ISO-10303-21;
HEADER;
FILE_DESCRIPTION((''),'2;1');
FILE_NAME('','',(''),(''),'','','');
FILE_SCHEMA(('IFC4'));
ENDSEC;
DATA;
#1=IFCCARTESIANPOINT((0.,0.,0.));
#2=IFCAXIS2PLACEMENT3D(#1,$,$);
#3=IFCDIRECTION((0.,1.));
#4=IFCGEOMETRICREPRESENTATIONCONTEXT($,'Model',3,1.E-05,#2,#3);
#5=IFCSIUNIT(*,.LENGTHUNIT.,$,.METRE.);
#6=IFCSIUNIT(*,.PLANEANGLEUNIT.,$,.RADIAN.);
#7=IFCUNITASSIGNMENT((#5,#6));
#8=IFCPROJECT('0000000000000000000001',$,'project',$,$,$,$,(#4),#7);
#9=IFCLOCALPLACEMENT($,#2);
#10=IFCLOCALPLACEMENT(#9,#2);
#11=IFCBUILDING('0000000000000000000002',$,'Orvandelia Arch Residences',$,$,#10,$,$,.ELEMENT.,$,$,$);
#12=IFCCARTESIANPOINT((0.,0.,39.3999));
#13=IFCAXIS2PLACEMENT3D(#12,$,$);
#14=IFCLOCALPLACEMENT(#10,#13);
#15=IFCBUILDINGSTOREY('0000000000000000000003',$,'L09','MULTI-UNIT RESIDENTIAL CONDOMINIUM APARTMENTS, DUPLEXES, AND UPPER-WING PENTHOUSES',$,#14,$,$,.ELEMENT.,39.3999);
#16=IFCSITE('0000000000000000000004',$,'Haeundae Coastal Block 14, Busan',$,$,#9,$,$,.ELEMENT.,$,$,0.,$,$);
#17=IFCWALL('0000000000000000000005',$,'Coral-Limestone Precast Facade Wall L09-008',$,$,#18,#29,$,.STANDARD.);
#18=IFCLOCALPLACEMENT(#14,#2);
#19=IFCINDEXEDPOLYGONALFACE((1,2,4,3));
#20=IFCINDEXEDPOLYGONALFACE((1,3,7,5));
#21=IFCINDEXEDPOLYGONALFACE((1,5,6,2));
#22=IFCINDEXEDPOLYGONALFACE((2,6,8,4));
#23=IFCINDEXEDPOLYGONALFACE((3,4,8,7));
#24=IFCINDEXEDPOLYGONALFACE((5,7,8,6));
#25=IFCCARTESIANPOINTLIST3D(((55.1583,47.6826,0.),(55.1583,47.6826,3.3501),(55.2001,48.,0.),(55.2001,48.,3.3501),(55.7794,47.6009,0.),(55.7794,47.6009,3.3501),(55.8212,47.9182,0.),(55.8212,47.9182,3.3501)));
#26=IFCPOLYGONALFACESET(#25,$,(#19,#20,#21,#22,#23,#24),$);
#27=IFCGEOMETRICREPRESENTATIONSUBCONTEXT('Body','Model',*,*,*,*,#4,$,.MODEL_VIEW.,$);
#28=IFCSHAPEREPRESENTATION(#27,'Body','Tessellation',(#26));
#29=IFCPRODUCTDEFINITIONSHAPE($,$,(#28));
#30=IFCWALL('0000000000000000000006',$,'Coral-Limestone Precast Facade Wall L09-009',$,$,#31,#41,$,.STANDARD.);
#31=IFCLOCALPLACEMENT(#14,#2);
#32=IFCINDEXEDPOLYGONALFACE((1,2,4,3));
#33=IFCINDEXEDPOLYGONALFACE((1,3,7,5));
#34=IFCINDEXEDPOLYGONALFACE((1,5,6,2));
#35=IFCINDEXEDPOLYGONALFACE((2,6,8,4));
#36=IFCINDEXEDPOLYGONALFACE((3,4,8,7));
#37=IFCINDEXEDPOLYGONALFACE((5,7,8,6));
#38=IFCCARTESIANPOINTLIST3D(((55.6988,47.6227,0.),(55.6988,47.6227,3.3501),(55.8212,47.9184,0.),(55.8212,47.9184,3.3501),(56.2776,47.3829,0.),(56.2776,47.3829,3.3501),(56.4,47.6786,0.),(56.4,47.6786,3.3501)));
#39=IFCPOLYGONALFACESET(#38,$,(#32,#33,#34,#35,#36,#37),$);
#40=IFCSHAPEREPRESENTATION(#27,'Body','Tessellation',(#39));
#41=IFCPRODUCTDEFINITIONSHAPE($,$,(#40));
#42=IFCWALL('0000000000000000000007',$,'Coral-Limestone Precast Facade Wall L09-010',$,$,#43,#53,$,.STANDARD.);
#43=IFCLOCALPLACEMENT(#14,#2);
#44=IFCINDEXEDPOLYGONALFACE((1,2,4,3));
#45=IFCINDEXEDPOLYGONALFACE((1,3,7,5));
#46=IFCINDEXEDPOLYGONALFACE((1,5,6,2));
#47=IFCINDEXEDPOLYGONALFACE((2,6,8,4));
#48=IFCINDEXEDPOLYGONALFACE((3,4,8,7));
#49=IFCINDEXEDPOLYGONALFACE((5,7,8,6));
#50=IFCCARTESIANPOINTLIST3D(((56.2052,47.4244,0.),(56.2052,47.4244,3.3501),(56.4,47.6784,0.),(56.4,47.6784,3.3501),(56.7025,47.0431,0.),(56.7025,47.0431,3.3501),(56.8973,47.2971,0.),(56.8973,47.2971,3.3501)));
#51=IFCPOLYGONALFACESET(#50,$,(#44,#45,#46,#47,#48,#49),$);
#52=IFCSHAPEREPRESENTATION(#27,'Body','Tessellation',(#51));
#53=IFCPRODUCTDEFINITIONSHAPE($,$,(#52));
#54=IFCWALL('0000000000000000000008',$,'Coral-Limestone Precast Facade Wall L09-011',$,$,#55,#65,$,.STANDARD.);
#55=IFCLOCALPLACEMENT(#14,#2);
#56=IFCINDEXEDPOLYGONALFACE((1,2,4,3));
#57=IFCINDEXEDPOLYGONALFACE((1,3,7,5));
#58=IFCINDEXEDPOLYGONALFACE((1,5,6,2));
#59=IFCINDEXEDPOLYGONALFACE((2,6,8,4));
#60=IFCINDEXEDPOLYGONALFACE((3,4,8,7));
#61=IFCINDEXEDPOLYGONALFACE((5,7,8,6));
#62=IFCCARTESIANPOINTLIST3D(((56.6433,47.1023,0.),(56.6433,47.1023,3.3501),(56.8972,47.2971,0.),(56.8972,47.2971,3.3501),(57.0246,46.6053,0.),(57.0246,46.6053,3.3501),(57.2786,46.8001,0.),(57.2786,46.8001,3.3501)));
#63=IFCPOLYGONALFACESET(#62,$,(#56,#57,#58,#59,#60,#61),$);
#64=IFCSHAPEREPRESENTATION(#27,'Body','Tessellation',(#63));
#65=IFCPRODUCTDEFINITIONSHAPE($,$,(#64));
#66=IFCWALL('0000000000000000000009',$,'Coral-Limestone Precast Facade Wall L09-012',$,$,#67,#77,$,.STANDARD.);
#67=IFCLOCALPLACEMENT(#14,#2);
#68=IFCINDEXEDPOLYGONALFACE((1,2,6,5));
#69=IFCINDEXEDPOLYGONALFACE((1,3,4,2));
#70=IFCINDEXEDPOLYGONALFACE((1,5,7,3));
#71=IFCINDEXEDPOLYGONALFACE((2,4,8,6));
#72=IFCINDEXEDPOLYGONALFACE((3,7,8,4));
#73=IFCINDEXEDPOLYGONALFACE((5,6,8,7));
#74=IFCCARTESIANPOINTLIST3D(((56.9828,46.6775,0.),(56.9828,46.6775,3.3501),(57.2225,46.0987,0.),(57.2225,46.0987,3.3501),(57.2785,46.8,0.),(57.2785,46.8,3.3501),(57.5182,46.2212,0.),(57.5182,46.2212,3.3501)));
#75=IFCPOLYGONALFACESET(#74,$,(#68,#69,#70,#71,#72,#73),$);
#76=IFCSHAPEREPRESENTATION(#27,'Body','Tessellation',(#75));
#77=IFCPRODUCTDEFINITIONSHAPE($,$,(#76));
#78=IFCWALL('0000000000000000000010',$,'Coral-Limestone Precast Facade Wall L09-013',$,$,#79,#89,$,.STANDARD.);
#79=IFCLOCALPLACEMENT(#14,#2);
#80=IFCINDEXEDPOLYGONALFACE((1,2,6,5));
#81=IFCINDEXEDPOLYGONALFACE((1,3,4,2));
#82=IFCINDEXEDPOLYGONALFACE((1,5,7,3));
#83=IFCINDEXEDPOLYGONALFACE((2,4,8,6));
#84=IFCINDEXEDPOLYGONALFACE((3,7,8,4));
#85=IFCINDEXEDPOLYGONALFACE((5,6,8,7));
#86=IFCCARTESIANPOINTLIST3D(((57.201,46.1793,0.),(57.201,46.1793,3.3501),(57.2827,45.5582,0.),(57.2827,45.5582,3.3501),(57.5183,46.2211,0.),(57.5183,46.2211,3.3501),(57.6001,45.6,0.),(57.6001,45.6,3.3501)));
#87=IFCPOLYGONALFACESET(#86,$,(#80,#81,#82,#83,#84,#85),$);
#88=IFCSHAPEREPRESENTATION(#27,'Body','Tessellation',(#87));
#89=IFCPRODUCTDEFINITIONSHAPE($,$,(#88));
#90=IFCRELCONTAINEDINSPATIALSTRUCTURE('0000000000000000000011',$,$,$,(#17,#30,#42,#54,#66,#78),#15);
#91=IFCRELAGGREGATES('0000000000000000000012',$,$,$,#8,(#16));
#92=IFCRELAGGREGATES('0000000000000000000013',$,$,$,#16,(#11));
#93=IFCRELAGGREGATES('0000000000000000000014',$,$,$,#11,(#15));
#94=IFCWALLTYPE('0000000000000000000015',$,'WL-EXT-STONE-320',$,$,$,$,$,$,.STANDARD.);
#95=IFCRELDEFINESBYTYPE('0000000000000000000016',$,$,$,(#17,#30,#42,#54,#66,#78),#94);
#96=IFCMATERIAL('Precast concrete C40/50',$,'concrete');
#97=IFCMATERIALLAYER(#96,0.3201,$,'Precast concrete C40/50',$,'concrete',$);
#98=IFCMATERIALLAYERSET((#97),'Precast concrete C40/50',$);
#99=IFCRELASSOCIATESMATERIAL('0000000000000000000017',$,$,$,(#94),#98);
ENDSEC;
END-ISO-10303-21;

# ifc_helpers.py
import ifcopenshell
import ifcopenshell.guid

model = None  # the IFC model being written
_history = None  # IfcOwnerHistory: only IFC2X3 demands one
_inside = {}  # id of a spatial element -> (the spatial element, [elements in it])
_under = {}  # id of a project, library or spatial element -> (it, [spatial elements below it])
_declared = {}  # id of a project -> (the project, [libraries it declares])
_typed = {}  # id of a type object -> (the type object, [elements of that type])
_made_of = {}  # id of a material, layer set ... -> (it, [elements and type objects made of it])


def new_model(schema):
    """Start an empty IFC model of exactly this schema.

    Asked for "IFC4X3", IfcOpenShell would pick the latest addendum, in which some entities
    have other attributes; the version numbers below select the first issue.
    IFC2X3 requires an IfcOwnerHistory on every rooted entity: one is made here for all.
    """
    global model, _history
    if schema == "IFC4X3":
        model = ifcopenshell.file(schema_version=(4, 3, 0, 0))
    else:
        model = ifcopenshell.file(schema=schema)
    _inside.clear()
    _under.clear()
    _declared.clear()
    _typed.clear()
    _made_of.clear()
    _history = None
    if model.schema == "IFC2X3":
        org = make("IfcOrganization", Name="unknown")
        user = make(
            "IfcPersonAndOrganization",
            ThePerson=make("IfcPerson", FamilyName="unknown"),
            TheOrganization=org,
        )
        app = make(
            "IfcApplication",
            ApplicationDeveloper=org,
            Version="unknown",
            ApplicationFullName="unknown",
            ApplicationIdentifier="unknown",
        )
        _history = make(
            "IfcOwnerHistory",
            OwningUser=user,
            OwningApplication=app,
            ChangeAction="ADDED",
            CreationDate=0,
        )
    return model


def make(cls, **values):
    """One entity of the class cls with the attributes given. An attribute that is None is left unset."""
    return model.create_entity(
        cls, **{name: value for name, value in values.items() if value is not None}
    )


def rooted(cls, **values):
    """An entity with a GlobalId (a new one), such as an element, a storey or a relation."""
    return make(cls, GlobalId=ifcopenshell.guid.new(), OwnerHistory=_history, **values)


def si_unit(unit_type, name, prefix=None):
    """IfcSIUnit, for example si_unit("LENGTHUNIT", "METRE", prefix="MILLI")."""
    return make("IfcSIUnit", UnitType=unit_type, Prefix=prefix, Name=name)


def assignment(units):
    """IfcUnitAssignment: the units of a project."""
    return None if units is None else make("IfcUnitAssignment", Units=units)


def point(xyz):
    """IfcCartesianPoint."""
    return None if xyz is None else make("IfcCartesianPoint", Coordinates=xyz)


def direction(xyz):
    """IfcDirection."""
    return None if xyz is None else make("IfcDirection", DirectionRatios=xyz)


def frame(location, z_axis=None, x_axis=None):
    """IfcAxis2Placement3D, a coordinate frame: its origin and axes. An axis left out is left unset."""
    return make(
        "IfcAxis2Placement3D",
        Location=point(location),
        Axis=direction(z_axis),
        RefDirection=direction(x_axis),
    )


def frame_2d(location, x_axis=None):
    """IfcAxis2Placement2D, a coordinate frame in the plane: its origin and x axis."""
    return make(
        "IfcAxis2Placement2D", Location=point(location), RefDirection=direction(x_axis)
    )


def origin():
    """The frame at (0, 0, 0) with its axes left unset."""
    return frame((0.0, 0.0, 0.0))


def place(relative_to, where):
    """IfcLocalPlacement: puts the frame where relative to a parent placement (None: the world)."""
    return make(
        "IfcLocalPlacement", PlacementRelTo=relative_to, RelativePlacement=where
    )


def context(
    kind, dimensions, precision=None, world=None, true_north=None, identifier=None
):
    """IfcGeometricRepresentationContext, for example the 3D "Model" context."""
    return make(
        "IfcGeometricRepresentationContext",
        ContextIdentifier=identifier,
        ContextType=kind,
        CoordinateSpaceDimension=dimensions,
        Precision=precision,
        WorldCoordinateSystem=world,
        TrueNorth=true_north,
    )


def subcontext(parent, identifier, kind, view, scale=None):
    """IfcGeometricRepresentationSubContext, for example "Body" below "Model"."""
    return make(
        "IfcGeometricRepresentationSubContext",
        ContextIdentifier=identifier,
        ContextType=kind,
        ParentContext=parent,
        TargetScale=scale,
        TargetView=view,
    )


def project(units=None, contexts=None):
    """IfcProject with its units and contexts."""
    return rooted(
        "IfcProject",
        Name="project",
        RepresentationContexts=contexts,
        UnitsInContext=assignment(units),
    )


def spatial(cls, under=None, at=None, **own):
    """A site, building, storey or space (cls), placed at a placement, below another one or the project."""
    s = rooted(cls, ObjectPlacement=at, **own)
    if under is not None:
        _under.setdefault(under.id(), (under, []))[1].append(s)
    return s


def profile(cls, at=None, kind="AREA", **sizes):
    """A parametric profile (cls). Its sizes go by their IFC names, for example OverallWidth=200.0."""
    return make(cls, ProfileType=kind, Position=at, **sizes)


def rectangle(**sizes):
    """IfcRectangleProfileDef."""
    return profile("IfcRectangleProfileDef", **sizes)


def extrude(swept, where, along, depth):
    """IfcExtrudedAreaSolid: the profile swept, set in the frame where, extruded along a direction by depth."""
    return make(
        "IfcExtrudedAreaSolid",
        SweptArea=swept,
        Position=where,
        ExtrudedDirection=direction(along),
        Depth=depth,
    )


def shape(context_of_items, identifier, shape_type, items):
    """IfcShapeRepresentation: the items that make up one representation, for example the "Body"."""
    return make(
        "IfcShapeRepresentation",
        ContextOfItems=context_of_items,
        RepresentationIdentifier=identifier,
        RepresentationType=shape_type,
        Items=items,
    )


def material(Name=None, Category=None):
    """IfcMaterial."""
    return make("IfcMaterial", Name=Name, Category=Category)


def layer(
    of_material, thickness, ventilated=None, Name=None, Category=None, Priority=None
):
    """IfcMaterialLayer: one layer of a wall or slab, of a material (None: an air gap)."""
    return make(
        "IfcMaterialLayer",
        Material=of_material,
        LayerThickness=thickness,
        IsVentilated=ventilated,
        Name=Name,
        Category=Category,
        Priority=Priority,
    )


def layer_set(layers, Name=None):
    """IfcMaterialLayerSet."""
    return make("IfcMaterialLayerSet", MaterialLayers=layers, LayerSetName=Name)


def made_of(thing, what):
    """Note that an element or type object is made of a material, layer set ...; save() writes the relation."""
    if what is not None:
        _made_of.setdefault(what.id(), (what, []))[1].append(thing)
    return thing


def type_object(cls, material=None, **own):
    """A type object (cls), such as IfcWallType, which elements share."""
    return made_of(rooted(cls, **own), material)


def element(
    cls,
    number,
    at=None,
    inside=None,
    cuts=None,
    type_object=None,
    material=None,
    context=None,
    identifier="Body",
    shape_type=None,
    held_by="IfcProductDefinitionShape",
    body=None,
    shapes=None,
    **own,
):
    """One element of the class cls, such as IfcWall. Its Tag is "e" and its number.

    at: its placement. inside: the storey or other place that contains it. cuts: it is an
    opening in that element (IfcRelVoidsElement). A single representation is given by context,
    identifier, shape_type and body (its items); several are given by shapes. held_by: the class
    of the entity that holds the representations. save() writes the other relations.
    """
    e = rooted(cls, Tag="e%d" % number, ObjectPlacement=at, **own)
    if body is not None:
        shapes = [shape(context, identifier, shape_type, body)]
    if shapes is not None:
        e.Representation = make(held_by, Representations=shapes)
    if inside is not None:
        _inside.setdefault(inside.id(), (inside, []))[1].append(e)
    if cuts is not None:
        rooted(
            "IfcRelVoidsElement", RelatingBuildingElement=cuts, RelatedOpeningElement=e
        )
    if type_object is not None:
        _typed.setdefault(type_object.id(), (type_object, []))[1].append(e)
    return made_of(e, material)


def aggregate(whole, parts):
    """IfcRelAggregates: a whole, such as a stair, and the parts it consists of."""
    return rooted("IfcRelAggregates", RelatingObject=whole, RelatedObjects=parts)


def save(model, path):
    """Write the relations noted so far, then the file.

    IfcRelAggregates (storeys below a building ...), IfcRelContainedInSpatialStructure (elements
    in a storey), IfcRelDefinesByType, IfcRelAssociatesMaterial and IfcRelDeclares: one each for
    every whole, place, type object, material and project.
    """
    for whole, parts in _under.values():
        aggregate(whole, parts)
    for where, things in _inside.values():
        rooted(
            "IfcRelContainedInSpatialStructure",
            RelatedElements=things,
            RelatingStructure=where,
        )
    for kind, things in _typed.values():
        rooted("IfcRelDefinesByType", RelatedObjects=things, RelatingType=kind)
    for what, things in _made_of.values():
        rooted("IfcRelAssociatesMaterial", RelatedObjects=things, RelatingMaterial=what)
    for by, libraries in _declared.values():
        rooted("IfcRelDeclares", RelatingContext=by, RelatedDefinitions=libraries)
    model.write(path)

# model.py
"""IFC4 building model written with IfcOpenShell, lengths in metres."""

from ifc_helpers import new_model, si_unit, direction, frame, frame_2d, origin, place, context, subcontext, project, spatial, rectangle, extrude, material, layer, layer_set, type_object, element, save


model = new_model("IFC4")

# Units and contexts
model_context = context("Model", 3, precision=1e-05, world=origin(), true_north=direction((0.0, 1.0)))
body_context = subcontext(model_context, "Body", "Model", "MODEL_VIEW")
ifc_project = project(units=[si_unit("LENGTHUNIT", "METRE"), si_unit("PLANEANGLEUNIT", "RADIAN")], contexts=[model_context])

# Site, building, storey
site_placement = place(None, origin())
site = spatial("IfcSite", under=ifc_project, at=site_placement, Name="Haeundae Coastal Block 14, Busan", CompositionType="ELEMENT", RefElevation=0.0)
building_placement = place(site_placement, origin())
building = spatial("IfcBuilding", under=site, at=building_placement, Name="Orvandelia Arch Residences", CompositionType="ELEMENT")
storey_placement = place(building_placement, frame((0.0, 0.0, 39.3999)))
storey = spatial("IfcBuildingStorey", under=building, at=storey_placement, Name="L09", Description="MULTI-UNIT RESIDENTIAL CONDOMINIUM APARTMENTS, DUPLEXES, AND UPPER-WING PENTHOUSES", CompositionType="ELEMENT", Elevation=39.3999)

# Walls
ifc_material_1 = material(Name="Precast concrete C40/50", Category="concrete")
ifc_layer_1 = layer(ifc_material_1, 0.3201, Name="Precast concrete C40/50", Category="concrete")
ifc_layer_set_1 = layer_set([ifc_layer_1], Name="Precast concrete C40/50")
wall_type_1 = type_object("IfcWallType", Name="WL-EXT-STONE-320", PredefinedType="STANDARD", material=ifc_layer_set_1)
for number, where, z_axis, x_axis, name in (
    (1, (55.1792, 47.8413, 0.0), (0.0, 0.0, 1.0), (0.991441, -0.130555, 0.0), "Coral-Limestone Precast Facade Wall L09-008"),
    (2, (55.76, 47.7705, 0.0), (0.0, 0.0, 1.0), (0.923893, -0.38265, 0.0), "Coral-Limestone Precast Facade Wall L09-009"),
):
    element("IfcWall", number, at=place(storey_placement, frame(where, z_axis=z_axis, x_axis=x_axis)), inside=storey, type_object=wall_type_1, Name=name, PredefinedType="STANDARD", context=body_context, shape_type="SweptSolid", body=[
        extrude(rectangle(XDim=0.6265, YDim=0.3201, at=frame_2d((0.3132, 0.0))), origin(), (0.0, 0.0, 1.0), 3.3501),
    ])
wall_1_placement = place(storey_placement, frame((56.3025, 47.5515, 0.0), z_axis=(0.0, 0.0, 1.0), x_axis=(0.79355, -0.608505, 0.0)))
element("IfcWall", 3, at=wall_1_placement, inside=storey, type_object=wall_type_1, Name="Coral-Limestone Precast Facade Wall L09-010", PredefinedType="STANDARD", context=body_context, shape_type="SweptSolid", body=[
    extrude(rectangle(XDim=0.6267, YDim=0.3201, at=frame_2d((0.3135, 0.0))), origin(), (0.0, 0.0, 1.0), 3.3501),
])
for number, where, z_axis, x_axis, name in (
    (4, (56.7703, 47.1997, 0.0), (0.0, 0.0, 1.0), (0.608693, -0.793406, 0.0), "Coral-Limestone Precast Facade Wall L09-011"),
    (5, (57.1306, 46.7388, 0.0), (0.0, 0.0, 1.0), (0.38265, -0.923893, 0.0), "Coral-Limestone Precast Facade Wall L09-012"),
    (6, (57.3596, 46.2002, 0.0), (0.0, 0.0, 1.0), (0.130555, -0.991441, 0.0), "Coral-Limestone Precast Facade Wall L09-013"),
):
    element("IfcWall", number, at=place(storey_placement, frame(where, z_axis=z_axis, x_axis=x_axis)), inside=storey, type_object=wall_type_1, Name=name, PredefinedType="STANDARD", context=body_context, shape_type="SweptSolid", body=[
        extrude(rectangle(XDim=0.6265, YDim=0.3201, at=frame_2d((0.3132, 0.0))), origin(), (0.0, 0.0, 1.0), 3.3501),
    ])

save(model, "model.ifc")
